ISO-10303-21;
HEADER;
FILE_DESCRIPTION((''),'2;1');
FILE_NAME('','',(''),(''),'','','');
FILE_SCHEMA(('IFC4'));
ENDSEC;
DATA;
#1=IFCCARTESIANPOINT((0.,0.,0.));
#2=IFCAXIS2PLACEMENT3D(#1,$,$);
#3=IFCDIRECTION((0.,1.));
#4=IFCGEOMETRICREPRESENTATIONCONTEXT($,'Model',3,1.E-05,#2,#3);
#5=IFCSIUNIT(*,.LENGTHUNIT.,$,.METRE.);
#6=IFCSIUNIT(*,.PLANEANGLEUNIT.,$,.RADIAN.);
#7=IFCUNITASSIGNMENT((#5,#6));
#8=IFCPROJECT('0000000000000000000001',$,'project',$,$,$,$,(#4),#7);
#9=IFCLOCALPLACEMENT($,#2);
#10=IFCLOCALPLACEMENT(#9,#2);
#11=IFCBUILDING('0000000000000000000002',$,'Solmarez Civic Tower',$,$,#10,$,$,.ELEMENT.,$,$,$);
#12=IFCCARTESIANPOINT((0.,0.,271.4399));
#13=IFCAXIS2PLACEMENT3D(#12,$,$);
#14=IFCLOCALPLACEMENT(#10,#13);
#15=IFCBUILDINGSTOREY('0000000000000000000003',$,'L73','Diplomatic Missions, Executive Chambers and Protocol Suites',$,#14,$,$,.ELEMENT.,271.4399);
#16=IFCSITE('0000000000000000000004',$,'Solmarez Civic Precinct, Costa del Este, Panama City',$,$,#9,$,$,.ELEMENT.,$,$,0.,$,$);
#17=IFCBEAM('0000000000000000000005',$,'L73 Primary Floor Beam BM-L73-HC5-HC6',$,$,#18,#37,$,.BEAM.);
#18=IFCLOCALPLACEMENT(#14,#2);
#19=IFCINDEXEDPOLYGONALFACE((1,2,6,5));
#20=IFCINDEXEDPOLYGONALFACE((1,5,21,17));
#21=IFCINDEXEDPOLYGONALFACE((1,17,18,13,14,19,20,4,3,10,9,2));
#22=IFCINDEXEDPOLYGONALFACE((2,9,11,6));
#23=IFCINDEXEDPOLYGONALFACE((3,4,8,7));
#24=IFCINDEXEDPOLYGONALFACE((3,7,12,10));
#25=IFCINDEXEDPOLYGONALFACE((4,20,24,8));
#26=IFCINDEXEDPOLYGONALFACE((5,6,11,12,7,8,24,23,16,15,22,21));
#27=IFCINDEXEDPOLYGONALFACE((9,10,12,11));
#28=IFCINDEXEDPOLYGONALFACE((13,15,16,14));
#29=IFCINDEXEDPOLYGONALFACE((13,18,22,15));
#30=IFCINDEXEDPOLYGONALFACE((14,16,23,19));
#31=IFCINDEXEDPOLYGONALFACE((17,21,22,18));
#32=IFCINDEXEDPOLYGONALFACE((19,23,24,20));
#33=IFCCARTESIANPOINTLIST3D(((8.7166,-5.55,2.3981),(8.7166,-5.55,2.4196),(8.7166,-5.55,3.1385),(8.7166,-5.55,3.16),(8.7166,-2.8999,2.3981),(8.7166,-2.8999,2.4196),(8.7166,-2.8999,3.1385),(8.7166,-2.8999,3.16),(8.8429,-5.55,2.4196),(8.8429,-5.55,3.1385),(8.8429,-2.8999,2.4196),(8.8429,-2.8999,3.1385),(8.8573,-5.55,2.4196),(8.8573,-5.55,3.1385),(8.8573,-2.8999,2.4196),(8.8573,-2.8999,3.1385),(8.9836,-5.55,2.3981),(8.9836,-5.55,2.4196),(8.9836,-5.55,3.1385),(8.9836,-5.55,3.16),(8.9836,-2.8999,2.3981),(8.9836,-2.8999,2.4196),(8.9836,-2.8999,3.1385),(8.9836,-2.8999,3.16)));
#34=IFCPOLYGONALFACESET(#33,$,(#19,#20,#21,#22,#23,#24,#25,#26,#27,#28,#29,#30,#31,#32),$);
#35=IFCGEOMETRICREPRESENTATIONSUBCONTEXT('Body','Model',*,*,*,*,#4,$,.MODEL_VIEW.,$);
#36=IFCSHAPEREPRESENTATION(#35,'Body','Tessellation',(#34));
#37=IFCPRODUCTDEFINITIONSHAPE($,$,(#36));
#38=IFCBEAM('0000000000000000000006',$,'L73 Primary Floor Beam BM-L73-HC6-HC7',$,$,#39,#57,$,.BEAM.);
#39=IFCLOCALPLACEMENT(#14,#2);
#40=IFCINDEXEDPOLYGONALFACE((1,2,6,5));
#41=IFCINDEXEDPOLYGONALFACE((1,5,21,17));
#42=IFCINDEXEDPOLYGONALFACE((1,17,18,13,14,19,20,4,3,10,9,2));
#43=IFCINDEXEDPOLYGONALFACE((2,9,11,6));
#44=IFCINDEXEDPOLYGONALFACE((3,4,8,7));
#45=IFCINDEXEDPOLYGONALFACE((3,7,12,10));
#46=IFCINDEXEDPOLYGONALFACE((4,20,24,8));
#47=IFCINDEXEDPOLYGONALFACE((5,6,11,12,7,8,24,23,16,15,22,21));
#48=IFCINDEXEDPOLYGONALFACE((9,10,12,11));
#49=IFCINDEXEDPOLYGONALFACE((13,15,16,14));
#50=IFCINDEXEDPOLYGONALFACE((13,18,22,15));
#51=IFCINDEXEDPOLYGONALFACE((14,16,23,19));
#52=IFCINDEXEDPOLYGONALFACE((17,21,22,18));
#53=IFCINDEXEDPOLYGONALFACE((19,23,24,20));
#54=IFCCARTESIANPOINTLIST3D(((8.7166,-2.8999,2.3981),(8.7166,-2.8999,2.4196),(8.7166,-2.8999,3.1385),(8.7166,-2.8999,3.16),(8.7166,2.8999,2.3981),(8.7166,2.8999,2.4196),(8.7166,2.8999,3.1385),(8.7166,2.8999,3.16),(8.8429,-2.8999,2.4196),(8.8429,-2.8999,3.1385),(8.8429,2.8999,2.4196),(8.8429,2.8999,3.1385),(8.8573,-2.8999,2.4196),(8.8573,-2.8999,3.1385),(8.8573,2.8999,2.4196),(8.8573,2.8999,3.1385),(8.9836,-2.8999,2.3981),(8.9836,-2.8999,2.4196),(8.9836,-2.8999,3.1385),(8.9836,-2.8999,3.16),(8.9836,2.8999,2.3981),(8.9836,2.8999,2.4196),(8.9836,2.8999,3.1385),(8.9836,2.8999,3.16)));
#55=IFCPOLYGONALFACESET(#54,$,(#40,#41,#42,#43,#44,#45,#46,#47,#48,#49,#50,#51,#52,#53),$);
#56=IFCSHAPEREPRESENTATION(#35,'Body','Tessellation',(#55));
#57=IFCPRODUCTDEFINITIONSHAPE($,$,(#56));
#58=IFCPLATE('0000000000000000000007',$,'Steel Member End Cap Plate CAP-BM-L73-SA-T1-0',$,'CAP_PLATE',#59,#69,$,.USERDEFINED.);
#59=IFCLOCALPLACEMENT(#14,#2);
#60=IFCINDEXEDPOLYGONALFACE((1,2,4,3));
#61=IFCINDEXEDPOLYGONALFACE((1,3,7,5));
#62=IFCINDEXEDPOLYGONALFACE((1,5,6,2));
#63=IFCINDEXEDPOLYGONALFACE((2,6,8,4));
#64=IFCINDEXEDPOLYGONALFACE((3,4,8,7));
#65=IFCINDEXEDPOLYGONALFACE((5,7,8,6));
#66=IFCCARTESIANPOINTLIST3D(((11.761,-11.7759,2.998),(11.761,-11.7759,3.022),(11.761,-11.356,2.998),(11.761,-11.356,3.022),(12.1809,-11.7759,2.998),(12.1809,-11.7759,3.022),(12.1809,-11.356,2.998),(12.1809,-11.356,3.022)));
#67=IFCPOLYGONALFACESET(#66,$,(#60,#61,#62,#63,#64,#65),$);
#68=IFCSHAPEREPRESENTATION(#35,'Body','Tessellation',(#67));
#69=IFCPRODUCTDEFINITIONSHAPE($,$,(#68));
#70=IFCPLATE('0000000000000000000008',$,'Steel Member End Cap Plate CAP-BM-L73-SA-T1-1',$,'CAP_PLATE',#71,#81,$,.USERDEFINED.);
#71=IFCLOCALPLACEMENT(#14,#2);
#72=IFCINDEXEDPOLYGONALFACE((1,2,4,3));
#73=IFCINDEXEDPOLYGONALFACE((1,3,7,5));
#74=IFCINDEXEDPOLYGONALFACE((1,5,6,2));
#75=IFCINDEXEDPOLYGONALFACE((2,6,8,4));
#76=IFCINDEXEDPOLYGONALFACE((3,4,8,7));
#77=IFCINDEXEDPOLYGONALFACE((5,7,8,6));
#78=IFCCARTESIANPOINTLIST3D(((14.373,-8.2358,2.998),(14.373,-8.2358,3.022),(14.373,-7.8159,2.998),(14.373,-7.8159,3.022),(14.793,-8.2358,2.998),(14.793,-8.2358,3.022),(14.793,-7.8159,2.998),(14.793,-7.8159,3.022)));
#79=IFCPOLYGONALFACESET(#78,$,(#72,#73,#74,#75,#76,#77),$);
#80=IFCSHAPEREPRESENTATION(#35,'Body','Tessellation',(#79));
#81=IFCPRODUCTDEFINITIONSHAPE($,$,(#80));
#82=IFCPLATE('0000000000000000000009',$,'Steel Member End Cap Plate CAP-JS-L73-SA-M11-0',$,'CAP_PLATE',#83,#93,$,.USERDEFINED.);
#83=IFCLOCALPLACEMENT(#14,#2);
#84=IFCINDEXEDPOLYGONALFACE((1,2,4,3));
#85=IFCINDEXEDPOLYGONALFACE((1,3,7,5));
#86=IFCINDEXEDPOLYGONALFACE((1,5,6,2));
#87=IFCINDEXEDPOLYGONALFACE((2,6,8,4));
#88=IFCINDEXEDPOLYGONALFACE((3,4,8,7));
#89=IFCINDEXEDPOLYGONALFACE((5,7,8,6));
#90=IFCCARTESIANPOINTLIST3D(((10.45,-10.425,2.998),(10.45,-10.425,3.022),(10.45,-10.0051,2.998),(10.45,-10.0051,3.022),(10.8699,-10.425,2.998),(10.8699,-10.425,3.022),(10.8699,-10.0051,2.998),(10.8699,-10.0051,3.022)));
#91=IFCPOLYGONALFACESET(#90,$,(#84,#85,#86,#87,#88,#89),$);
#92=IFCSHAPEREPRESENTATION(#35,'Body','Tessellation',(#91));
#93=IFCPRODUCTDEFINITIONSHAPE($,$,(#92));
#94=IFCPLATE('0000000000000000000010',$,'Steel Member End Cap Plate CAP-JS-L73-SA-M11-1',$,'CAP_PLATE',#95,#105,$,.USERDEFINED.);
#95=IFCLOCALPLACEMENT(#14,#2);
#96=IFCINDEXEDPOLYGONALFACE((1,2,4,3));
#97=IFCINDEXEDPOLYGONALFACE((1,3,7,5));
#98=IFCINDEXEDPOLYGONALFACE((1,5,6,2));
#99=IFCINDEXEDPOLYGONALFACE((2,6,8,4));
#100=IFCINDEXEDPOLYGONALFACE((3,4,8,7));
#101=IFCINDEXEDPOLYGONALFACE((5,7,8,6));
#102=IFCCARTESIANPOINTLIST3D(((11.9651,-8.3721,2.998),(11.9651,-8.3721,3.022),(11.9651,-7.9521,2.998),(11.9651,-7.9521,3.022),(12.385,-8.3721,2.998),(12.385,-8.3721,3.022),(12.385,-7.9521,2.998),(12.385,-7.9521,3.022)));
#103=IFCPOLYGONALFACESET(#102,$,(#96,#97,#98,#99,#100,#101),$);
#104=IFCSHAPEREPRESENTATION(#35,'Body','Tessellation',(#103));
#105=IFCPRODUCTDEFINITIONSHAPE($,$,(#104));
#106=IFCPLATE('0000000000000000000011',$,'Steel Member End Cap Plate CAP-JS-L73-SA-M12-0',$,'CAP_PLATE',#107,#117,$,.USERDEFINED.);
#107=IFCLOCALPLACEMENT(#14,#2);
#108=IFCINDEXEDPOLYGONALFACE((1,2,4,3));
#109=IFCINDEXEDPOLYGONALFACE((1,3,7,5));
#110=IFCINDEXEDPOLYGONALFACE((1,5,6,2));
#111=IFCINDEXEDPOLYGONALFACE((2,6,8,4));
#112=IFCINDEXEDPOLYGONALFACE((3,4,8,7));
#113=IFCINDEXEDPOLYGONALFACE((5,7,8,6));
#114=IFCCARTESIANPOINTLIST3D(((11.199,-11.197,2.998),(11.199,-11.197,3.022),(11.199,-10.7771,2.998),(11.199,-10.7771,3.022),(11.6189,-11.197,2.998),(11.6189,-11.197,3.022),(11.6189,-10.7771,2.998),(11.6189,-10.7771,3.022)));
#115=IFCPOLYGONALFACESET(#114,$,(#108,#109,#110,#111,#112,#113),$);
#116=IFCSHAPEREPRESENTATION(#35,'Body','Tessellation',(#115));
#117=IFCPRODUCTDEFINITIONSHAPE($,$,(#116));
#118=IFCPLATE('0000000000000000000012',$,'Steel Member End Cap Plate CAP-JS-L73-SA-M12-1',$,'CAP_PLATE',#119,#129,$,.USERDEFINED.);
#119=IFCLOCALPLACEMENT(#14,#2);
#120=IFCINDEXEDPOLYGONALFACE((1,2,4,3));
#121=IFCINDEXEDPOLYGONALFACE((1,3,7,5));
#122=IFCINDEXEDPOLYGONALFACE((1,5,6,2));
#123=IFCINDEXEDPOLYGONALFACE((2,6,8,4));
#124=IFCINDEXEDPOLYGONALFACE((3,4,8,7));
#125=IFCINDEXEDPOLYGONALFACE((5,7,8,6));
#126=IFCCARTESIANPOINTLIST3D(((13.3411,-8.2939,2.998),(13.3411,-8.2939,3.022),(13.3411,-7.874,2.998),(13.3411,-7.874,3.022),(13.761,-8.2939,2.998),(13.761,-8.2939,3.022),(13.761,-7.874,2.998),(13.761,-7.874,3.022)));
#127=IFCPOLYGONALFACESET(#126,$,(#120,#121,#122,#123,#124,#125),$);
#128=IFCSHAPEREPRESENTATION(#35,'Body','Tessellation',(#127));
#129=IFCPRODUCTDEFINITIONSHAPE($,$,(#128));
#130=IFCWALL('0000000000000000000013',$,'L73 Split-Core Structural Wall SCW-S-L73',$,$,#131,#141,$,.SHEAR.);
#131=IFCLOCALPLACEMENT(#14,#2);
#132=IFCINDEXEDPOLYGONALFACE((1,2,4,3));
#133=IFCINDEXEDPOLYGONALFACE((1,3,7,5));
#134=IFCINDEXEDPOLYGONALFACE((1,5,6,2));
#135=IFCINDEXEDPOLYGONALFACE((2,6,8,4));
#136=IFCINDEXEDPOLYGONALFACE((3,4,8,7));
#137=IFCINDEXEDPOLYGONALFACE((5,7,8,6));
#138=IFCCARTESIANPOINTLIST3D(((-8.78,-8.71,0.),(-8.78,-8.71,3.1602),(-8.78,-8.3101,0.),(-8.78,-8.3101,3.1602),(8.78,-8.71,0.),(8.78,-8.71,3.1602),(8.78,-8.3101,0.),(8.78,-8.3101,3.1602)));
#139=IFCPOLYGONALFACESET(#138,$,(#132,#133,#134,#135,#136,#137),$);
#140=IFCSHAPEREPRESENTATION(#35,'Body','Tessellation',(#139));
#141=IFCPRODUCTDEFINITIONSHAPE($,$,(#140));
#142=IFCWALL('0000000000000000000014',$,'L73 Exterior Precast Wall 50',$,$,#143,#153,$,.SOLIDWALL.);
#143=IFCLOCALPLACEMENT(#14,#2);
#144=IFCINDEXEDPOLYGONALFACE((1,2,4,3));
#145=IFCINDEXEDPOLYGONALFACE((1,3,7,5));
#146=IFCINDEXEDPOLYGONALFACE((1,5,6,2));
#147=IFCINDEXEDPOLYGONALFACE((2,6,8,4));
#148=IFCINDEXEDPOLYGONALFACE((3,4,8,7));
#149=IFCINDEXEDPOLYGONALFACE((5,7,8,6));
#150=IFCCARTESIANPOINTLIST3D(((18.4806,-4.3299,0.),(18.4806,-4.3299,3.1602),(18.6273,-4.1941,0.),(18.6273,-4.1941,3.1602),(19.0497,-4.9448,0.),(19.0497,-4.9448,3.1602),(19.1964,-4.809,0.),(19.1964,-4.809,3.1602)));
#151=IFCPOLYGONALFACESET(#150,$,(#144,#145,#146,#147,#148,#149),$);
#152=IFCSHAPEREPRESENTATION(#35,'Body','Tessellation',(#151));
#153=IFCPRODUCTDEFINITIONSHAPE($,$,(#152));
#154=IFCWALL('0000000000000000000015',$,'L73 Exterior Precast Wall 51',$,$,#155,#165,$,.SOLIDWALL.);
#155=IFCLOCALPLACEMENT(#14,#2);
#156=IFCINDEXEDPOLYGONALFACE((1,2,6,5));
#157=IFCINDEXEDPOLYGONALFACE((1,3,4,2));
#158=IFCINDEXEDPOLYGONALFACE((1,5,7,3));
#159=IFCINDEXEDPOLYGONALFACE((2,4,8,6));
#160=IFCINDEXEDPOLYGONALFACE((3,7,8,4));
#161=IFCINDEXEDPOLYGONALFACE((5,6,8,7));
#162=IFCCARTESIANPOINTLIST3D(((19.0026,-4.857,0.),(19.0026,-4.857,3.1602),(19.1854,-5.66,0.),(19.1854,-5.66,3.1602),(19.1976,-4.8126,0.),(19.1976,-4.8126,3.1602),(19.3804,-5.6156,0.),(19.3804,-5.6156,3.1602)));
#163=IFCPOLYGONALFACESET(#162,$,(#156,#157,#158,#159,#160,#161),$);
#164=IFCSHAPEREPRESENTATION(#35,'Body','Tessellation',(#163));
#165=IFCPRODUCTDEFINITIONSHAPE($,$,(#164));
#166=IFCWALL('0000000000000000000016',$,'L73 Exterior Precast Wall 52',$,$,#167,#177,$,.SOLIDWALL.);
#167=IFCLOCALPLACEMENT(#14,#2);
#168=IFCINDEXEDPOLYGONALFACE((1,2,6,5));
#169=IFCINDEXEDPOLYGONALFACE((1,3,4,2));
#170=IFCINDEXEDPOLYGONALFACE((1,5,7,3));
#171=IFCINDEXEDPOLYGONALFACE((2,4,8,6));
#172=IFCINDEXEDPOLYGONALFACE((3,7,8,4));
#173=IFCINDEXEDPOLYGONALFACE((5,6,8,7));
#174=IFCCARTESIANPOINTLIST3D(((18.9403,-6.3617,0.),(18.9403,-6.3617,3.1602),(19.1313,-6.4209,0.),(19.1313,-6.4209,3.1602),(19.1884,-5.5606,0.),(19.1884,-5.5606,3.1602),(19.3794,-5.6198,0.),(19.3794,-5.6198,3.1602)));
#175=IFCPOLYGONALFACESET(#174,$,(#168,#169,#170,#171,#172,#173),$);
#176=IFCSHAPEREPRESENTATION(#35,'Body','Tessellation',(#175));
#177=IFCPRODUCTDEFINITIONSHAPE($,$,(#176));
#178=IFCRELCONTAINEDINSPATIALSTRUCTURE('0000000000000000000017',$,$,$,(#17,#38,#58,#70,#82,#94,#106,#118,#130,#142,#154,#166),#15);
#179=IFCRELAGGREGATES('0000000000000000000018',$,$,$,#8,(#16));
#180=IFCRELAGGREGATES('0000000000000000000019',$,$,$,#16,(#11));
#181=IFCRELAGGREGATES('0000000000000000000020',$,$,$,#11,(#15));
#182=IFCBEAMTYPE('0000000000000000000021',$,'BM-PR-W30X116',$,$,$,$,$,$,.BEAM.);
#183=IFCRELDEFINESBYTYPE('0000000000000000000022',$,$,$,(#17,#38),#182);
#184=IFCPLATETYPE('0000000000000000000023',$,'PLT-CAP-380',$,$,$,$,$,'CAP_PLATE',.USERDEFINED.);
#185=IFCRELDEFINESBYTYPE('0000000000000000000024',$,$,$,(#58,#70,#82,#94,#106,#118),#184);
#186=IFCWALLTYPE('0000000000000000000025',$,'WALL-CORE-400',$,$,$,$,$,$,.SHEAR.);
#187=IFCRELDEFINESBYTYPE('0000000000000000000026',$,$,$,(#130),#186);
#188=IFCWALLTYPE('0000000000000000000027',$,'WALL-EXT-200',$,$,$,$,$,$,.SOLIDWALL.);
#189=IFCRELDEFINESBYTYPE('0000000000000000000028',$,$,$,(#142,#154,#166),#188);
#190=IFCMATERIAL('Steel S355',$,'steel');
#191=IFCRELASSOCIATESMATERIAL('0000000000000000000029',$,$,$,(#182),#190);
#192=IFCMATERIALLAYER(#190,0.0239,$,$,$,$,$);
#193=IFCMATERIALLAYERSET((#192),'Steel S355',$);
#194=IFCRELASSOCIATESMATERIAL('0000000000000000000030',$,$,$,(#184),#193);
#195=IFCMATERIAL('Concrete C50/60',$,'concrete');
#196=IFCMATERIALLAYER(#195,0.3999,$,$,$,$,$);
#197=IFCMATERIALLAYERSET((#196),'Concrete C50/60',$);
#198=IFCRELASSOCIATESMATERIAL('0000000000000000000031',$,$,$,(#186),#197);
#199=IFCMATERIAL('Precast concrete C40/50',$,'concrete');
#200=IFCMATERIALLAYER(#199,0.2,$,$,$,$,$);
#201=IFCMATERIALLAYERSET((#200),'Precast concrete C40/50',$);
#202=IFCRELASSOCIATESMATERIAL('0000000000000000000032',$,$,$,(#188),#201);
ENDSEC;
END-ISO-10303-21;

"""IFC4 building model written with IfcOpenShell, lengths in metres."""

from ifc_helpers import new_model, si_unit, direction, frame, frame_2d, origin, origin_2d, place, context, subcontext, project, spatial, rectangle, i_section, extrude, material, layer, layer_set, material_profile, profile_set, type_object, element, save


model = new_model("IFC4")

# Units and contexts
model_context = context("Model", 3, precision=1e-05, world=origin(), true_north=direction((0.0, 1.0)))
body_context = subcontext(model_context, "Body", "Model", "MODEL_VIEW")
ifc_project = project(units=[si_unit("LENGTHUNIT", "METRE"), si_unit("PLANEANGLEUNIT", "RADIAN")], contexts=[model_context])

# Site, building, storey
site_placement = place(None, origin())
site = spatial("IfcSite", under=ifc_project, at=site_placement, Name="Solmarez Civic Precinct, Costa del Este, Panama City", CompositionType="ELEMENT", RefElevation=0.0)
building_placement = place(site_placement, origin())
building = spatial("IfcBuilding", under=site, at=building_placement, Name="Solmarez Civic Tower", CompositionType="ELEMENT")
storey_placement = place(building_placement, frame((0.0, 0.0, 271.4399)))
storey = spatial("IfcBuildingStorey", under=building, at=storey_placement, Name="L73", Description="Diplomatic Missions, Executive Chambers and Protocol Suites", CompositionType="ELEMENT", Elevation=271.4399)

# Shared definitions
ifc_material_1 = material(Name="Concrete C50/60", Category="concrete")

# Beams
ifc_material_2 = material(Name="Steel S355", Category="steel")
ifc_material_profile_1 = material_profile(ifc_material_2, i_section(OverallWidth=0.2671, OverallDepth=0.762, WebThickness=0.0144, FlangeThickness=0.0215, at=origin_2d()), Name="W30X116")
ifc_profile_set_1 = profile_set([ifc_material_profile_1], Name="Steel S355")
beam_type_1 = type_object("IfcBeamType", Name="BM-PR-W30X116", PredefinedType="BEAM", material=ifc_profile_set_1)
beam_1_placement = place(storey_placement, frame((8.8501, -5.55, 2.7791), z_axis=(0.0, 1.0, 0.0), x_axis=(-1.0, 0.0, 0.0)))
element("IfcBeam", 1, at=beam_1_placement, inside=storey, type_object=beam_type_1, Name="L73 Primary Floor Beam BM-L73-HC5-HC6", PredefinedType="BEAM", context=body_context, shape_type="SweptSolid", body=[
    extrude(i_section(OverallWidth=0.2671, OverallDepth=0.762, WebThickness=0.0144, FlangeThickness=0.0215, at=origin_2d()), origin(), (0.0, 0.0, 1.0), 2.6501),
])
beam_2_placement = place(storey_placement, frame((8.8501, -2.8999, 2.7791), z_axis=(0.0, 1.0, 0.0), x_axis=(-1.0, 0.0, 0.0)))
element("IfcBeam", 2, at=beam_2_placement, inside=storey, type_object=beam_type_1, Name="L73 Primary Floor Beam BM-L73-HC6-HC7", PredefinedType="BEAM", context=body_context, shape_type="SweptSolid", body=[
    extrude(i_section(OverallWidth=0.2671, OverallDepth=0.762, WebThickness=0.0144, FlangeThickness=0.0215, at=origin_2d()), origin(), (0.0, 0.0, 1.0), 5.7998),
])

# Plates
ifc_layer_1 = layer(ifc_material_2, 0.0239)
ifc_layer_set_1 = layer_set([ifc_layer_1], Name="Steel S355")
plate_type = type_object("IfcPlateType", Name="PLT-CAP-380", ElementType="CAP_PLATE", PredefinedType="USERDEFINED", material=ifc_layer_set_1)
for number, where, z_axis, x_axis, name in (
    (3, (11.9709, -11.5659, 2.998), (0.0, 0.0, 1.0), (1.0, 0.0, 0.0), "Steel Member End Cap Plate CAP-BM-L73-SA-T1-0"),
    (4, (14.583, -8.0259, 2.998), (0.0, 0.0, 1.0), (1.0, 0.0, 0.0), "Steel Member End Cap Plate CAP-BM-L73-SA-T1-1"),
    (5, (10.6599, -10.2151, 2.998), (0.0, 0.0, 1.0), (1.0, 0.0, 0.0), "Steel Member End Cap Plate CAP-JS-L73-SA-M11-0"),
    (6, (12.175, -8.1621, 2.998), (0.0, 0.0, 1.0), (1.0, 0.0, 0.0), "Steel Member End Cap Plate CAP-JS-L73-SA-M11-1"),
    (7, (11.4089, -10.9871, 2.998), (0.0, 0.0, 1.0), (1.0, 0.0, 0.0), "Steel Member End Cap Plate CAP-JS-L73-SA-M12-0"),
    (8, (13.551, -8.084, 2.998), (0.0, 0.0, 1.0), (1.0, 0.0, 0.0), "Steel Member End Cap Plate CAP-JS-L73-SA-M12-1"),
):
    element("IfcPlate", number, at=place(storey_placement, frame(where, z_axis=z_axis, x_axis=x_axis)), inside=storey, type_object=plate_type, Name=name, ObjectType="CAP_PLATE", PredefinedType="USERDEFINED", context=body_context, shape_type="SweptSolid", body=[
        extrude(rectangle(XDim=0.4199, YDim=0.4199, at=origin_2d()), origin(), (0.0, 0.0, 1.0), 0.0239),
    ])

# Walls
ifc_layer_2 = layer(ifc_material_1, 0.3999)
ifc_layer_set_2 = layer_set([ifc_layer_2], Name="Concrete C50/60")
wall_type_1 = type_object("IfcWallType", Name="WALL-CORE-400", PredefinedType="SHEAR", material=ifc_layer_set_2)
wall_1_placement = place(storey_placement, frame((8.78, -8.51, 0.0), z_axis=(0.0, 0.0, 1.0), x_axis=(-1.0, 0.0, 0.0)))
element("IfcWall", 9, at=wall_1_placement, inside=storey, type_object=wall_type_1, Name="L73 Split-Core Structural Wall SCW-S-L73", PredefinedType="SHEAR", context=body_context, shape_type="SweptSolid", body=[
    extrude(rectangle(XDim=17.5601, YDim=0.3999, at=frame_2d((8.78, 0.0))), origin(), (0.0, 0.0, 1.0), 3.1602),
])
ifc_material_3 = material(Name="Precast concrete C40/50", Category="concrete")
ifc_layer_3 = layer(ifc_material_3, 0.2)
ifc_layer_set_3 = layer_set([ifc_layer_3], Name="Precast concrete C40/50")
wall_type_2 = type_object("IfcWallType", Name="WALL-EXT-200", PredefinedType="SOLIDWALL", material=ifc_layer_set_3)
wall_2_placement = place(storey_placement, frame((18.554, -4.262, 0.0), z_axis=(0.0, 0.0, 1.0), x_axis=(0.679187, -0.733965, 0.0)))
element("IfcWall", 10, at=wall_2_placement, inside=storey, type_object=wall_type_2, Name="L73 Exterior Precast Wall 50", PredefinedType="SOLIDWALL", context=body_context, shape_type="SweptSolid", body=[
    extrude(rectangle(XDim=0.8379, YDim=0.2, at=frame_2d((0.4189, 0.0))), origin(), (0.0, 0.0, 1.0), 3.1602),
])
wall_3_placement = place(storey_placement, frame((19.1001, -4.835, 0.0), z_axis=(0.0, 0.0, 1.0), x_axis=(0.222044, -0.975037, 0.0)))
element("IfcWall", 11, at=wall_3_placement, inside=storey, type_object=wall_type_2, Name="L73 Exterior Precast Wall 51", PredefinedType="SOLIDWALL", context=body_context, shape_type="SweptSolid", body=[
    extrude(rectangle(XDim=0.8235, YDim=0.2, at=frame_2d((0.4116, 0.0))), origin(), (0.0, 0.0, 1.0), 3.1602),
])
wall_4_placement = place(storey_placement, frame((19.2839, -5.5901, 0.0), z_axis=(0.0, 0.0, 1.0), x_axis=(-0.295804, -0.955249, 0.0)))
element("IfcWall", 12, at=wall_4_placement, inside=storey, type_object=wall_type_2, Name="L73 Exterior Precast Wall 52", PredefinedType="SOLIDWALL", context=body_context, shape_type="SweptSolid", body=[
    extrude(rectangle(XDim=0.8386, YDim=0.2, at=frame_2d((0.4194, 0.0))), origin(), (0.0, 0.0, 1.0), 3.1602),
])

save(model, "model.ifc")
